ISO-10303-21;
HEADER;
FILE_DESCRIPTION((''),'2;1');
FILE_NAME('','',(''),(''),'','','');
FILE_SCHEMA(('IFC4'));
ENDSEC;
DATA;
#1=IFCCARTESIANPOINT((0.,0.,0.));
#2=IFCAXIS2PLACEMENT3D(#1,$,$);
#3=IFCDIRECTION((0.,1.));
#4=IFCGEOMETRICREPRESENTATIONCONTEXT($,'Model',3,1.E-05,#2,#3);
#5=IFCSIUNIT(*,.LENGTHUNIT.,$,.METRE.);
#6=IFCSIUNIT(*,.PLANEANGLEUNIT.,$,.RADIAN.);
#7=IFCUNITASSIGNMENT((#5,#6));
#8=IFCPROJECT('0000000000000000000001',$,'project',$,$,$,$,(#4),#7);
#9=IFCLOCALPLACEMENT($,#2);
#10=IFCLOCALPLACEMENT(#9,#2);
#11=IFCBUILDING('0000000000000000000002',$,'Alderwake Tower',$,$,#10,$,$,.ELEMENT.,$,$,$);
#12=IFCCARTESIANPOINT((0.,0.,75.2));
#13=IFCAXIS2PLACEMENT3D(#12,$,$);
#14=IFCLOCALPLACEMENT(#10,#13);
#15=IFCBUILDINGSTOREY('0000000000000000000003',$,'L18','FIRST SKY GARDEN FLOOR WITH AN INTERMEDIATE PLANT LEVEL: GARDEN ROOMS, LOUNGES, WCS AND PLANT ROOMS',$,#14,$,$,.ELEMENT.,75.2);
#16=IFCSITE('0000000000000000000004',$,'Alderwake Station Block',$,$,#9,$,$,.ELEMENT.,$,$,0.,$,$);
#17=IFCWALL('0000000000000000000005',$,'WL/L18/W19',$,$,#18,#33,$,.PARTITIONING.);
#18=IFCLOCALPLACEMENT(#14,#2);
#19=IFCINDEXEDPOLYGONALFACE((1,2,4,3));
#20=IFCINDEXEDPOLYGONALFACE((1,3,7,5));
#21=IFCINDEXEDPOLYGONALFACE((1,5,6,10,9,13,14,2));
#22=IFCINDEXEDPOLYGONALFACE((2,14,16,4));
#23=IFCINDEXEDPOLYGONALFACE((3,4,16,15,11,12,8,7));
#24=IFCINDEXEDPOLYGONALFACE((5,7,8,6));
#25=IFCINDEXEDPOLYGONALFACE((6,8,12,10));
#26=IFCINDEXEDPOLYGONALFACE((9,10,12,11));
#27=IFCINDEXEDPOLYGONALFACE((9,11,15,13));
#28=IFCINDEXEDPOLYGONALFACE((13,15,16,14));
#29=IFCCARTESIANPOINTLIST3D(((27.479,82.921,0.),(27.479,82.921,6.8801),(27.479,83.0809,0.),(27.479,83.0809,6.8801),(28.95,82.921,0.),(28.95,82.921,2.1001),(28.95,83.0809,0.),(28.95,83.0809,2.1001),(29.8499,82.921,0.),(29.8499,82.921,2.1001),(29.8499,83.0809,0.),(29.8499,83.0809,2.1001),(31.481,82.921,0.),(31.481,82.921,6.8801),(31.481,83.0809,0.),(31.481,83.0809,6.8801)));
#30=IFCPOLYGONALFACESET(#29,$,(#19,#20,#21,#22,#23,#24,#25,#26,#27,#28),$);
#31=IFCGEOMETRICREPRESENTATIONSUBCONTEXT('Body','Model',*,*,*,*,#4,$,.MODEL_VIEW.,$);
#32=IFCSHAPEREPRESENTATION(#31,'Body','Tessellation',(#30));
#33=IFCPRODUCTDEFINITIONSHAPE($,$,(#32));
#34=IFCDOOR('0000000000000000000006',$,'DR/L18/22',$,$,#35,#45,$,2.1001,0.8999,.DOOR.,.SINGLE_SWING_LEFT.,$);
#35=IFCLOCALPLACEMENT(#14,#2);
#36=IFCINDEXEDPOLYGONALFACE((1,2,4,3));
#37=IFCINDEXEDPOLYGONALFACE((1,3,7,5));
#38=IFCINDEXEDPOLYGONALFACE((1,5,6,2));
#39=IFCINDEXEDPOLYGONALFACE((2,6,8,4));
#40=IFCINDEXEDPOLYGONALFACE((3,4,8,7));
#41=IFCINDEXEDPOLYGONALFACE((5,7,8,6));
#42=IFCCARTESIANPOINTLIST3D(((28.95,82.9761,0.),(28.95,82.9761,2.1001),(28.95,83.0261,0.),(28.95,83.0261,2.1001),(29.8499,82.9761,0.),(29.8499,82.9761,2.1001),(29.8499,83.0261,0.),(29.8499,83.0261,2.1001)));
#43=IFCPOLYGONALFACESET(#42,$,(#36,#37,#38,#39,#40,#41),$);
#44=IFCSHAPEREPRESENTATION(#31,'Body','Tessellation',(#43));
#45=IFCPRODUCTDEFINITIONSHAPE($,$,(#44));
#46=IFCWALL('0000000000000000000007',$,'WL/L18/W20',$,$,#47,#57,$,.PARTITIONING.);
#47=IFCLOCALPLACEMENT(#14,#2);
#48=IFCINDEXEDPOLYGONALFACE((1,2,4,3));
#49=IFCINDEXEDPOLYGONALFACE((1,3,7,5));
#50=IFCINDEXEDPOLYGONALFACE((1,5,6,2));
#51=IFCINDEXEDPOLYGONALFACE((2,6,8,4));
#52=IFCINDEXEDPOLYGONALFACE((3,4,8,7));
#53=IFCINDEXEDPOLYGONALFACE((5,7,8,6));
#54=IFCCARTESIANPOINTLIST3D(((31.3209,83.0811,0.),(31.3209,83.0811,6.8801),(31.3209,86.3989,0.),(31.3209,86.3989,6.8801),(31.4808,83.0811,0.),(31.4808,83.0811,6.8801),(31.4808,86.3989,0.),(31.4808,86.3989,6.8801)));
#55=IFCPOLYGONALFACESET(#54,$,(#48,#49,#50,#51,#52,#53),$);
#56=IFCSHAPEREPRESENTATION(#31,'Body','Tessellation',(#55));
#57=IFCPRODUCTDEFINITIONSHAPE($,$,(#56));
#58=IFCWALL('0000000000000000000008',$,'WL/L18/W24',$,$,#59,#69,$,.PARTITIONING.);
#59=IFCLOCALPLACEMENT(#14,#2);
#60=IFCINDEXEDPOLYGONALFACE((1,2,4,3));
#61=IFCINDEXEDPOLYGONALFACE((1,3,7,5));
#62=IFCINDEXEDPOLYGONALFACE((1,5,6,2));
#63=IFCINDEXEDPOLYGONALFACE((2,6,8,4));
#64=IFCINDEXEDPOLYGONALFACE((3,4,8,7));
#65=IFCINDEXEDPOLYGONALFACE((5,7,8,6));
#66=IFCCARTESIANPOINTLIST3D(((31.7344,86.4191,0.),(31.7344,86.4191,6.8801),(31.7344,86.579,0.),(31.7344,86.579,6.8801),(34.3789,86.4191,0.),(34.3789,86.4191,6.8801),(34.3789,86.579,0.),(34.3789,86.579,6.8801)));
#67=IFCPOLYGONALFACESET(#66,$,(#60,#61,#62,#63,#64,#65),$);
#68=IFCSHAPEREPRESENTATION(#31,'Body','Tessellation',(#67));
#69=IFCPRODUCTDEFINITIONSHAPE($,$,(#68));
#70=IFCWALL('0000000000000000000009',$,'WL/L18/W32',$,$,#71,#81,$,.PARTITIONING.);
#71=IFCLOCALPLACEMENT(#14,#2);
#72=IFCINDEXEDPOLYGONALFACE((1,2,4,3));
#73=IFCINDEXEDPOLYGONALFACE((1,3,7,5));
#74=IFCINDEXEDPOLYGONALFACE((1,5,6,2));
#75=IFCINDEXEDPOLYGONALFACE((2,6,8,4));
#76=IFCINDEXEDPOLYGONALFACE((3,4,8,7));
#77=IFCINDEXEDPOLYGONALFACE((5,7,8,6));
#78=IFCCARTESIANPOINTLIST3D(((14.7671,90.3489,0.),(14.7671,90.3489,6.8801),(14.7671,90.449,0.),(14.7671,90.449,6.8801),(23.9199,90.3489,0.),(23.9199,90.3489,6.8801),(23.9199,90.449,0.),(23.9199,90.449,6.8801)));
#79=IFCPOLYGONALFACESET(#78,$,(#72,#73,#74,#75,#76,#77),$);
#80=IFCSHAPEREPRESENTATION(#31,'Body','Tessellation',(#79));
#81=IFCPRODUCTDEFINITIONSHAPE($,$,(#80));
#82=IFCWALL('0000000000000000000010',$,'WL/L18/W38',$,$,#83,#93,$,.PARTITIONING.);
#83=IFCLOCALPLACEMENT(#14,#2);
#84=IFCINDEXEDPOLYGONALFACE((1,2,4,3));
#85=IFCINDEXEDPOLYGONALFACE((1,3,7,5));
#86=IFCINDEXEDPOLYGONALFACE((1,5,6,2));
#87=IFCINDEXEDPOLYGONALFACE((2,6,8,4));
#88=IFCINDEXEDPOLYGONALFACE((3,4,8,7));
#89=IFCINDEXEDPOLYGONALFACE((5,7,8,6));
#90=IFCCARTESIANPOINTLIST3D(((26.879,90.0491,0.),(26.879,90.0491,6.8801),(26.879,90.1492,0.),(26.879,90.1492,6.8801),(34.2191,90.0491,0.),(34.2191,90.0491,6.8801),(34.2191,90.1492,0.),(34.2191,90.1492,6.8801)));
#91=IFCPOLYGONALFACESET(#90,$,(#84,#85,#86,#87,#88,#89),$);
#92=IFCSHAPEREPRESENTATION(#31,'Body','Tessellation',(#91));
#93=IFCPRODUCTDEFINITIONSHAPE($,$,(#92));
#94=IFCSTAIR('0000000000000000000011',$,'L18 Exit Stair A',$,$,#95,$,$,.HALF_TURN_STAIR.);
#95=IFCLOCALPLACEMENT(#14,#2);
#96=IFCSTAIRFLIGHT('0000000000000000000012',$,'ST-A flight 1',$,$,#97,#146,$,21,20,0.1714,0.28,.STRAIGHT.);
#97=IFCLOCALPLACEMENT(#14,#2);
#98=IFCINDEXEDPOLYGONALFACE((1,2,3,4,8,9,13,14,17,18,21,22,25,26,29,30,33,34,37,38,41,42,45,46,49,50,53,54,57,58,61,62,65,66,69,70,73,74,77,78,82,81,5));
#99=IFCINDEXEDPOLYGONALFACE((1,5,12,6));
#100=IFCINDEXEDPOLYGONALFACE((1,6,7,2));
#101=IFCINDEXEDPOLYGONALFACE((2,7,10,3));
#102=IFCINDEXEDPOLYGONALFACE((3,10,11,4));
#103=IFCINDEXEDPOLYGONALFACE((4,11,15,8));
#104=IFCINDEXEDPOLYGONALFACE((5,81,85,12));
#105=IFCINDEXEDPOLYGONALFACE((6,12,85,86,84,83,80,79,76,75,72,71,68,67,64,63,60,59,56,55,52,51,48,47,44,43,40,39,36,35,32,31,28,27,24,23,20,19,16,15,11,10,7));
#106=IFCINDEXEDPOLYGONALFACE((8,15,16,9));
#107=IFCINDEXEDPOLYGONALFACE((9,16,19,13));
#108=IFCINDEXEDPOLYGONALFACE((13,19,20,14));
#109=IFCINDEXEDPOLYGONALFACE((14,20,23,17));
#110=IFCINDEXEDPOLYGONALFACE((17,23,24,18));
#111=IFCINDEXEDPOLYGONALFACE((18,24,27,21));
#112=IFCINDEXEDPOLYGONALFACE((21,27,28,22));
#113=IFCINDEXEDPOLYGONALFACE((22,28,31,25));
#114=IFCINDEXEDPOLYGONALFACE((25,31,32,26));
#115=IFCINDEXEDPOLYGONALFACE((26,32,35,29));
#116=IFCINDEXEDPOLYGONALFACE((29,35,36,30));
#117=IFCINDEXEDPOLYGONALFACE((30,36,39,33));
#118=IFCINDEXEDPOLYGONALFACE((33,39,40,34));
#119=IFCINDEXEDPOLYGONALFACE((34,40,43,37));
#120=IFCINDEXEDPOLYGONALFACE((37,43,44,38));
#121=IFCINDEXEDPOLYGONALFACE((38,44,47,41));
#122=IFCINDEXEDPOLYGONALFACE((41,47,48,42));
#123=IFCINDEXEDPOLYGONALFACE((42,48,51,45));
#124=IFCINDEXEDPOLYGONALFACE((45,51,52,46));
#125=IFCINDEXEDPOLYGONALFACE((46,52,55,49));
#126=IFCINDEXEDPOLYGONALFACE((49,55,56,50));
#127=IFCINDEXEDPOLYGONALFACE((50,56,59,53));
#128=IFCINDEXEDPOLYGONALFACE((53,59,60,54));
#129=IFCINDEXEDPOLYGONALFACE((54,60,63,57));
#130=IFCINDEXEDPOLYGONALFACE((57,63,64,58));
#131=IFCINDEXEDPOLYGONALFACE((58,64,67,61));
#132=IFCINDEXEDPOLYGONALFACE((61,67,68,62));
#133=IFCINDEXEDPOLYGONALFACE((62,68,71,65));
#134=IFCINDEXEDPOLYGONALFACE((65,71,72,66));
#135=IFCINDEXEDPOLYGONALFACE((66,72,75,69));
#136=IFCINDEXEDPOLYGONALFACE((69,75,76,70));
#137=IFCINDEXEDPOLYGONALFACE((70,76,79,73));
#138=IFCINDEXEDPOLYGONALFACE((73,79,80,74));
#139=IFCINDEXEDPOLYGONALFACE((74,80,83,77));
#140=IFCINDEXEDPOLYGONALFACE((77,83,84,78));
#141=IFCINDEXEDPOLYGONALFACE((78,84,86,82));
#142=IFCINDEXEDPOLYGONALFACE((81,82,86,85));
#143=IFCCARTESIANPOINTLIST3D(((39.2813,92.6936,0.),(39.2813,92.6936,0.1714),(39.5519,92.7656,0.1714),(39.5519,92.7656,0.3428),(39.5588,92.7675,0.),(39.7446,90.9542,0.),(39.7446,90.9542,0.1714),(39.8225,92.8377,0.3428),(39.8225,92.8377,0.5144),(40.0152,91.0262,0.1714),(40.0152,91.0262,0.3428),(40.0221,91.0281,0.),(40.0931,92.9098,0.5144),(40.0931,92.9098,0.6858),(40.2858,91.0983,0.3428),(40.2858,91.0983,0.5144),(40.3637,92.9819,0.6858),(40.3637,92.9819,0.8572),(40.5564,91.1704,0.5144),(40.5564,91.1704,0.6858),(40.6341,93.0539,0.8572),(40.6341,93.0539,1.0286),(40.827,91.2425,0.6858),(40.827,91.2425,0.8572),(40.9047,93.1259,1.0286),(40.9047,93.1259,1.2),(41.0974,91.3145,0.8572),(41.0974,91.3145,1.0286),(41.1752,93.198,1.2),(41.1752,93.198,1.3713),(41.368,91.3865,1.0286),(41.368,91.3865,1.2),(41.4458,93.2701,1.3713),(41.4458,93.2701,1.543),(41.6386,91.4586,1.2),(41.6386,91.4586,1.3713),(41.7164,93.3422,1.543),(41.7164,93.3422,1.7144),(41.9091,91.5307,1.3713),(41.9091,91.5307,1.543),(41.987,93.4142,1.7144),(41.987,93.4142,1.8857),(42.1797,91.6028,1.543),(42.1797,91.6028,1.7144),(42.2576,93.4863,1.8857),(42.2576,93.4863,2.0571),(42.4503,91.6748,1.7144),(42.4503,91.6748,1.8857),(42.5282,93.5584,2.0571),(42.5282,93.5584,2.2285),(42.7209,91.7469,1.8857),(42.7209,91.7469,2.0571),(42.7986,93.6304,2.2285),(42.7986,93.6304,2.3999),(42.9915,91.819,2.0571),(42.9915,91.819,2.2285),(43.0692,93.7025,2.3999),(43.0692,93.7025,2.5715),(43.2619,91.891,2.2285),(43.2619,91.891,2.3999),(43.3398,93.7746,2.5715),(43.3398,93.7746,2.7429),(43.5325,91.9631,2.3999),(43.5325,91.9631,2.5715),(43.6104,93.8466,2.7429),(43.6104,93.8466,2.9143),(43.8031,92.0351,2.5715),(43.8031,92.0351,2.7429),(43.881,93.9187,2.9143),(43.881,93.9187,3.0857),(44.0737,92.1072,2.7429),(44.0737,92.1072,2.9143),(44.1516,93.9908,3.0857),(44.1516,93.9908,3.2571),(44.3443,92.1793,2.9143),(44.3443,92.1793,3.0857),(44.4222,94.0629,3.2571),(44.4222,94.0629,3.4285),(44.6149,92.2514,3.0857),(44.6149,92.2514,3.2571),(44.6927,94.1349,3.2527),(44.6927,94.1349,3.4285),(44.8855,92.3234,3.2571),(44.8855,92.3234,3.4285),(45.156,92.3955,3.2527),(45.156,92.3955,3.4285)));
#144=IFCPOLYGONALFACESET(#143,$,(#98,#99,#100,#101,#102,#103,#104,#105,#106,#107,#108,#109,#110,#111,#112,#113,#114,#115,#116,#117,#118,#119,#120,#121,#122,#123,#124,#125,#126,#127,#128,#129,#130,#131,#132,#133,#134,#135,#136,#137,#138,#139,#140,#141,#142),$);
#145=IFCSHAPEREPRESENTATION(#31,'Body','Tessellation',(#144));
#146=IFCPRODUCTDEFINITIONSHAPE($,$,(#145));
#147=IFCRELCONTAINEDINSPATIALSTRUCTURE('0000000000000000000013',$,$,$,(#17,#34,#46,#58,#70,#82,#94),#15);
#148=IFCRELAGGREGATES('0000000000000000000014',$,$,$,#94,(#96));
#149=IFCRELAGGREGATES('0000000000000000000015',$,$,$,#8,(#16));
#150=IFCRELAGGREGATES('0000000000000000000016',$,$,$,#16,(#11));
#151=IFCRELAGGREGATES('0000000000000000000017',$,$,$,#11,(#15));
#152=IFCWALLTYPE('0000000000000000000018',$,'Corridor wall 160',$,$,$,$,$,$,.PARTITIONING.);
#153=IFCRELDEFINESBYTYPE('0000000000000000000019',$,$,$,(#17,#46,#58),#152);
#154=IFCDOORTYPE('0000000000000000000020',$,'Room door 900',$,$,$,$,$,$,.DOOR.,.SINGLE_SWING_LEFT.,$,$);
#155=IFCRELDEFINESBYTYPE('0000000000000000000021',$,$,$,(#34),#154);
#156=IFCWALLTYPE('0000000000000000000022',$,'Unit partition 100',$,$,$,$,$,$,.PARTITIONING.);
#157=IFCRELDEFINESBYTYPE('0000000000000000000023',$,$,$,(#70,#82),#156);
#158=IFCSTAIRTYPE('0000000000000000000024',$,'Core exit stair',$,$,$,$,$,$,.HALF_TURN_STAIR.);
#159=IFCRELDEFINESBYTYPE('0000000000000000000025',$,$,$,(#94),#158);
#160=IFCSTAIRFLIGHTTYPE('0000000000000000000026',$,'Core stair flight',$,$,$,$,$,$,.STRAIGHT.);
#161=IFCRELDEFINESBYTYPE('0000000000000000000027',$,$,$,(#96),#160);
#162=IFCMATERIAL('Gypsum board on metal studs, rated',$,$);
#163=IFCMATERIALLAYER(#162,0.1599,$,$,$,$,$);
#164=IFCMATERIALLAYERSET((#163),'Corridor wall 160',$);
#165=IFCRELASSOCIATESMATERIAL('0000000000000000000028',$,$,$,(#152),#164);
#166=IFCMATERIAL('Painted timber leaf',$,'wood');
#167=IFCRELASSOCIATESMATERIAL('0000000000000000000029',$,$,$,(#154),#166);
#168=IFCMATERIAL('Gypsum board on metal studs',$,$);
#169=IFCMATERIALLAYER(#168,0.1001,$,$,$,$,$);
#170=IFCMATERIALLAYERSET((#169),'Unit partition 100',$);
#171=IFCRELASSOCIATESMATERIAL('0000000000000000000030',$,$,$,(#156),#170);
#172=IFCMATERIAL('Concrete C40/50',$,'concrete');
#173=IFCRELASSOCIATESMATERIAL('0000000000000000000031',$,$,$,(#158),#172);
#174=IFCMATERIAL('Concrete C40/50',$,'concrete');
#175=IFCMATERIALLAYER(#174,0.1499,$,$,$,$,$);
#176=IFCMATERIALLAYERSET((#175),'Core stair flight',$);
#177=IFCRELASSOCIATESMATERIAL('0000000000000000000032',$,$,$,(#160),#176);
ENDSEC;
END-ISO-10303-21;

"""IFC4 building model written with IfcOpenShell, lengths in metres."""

from ifc_helpers import new_model, si_unit, direction, frame, frame_2d, origin, place, context, subcontext, project, spatial, polyline, rectangle, outline, extrude, material, layer, layer_set, type_object, element, fill, aggregate, save


model = new_model("IFC4")

# Units and contexts
model_context = context("Model", 3, precision=1e-05, world=origin(), true_north=direction((0.0, 1.0)))
body_context = subcontext(model_context, "Body", "Model", "MODEL_VIEW")
ifc_project = project(units=[si_unit("LENGTHUNIT", "METRE"), si_unit("PLANEANGLEUNIT", "RADIAN")], contexts=[model_context])

# Site, building, storey
site_placement = place(None, origin())
site = spatial("IfcSite", under=ifc_project, at=site_placement, Name="Alderwake Station Block", CompositionType="ELEMENT", RefElevation=0.0)
building_placement = place(site_placement, origin())
building = spatial("IfcBuilding", under=site, at=building_placement, Name="Alderwake Tower", CompositionType="ELEMENT")
storey_placement = place(building_placement, frame((0.0, 0.0, 75.2)))
storey = spatial("IfcBuildingStorey", under=building, at=storey_placement, Name="L18", Description="FIRST SKY GARDEN FLOOR WITH AN INTERMEDIATE PLANT LEVEL: GARDEN ROOMS, LOUNGES, WCS AND PLANT ROOMS", CompositionType="ELEMENT", Elevation=75.2)

# Shared definitions
ifc_material_1 = material(Name="Gypsum board on metal studs, rated")
ifc_layer_1 = layer(ifc_material_1, 0.1599)
ifc_layer_set_1 = layer_set([ifc_layer_1], Name="Corridor wall 160")
wall_type_1 = type_object("IfcWallType", Name="Corridor wall 160", PredefinedType="PARTITIONING", material=ifc_layer_set_1)

# Wall, opening, door
wall_1_placement = place(storey_placement, frame((31.481, 83.001, 0.0), z_axis=(0.0, 0.0, 1.0), x_axis=(-1.0, 0.0, 0.0)))
wall_1 = element("IfcWall", 1, at=wall_1_placement, inside=storey, type_object=wall_type_1, Name="WL/L18/W19", PredefinedType="PARTITIONING", context=body_context, shape_type="SweptSolid", body=[
    extrude(rectangle(XDim=4.002, YDim=0.1599, at=frame_2d((2.001, 0.0))), origin(), (0.0, 0.0, 1.0), 6.8801),
])
opening_1_placement = place(wall_1_placement, frame((1.6311, 0.0, 0.0)))
opening_1 = element("IfcOpeningElement", 2, at=opening_1_placement, cuts=wall_1, PredefinedType="OPENING", context=body_context, shape_type="SweptSolid", body=[
    extrude(rectangle(XDim=0.8999, YDim=2.1001, at=frame_2d((0.45, 1.05))), frame((0.0, 0.0898, 0.0), z_axis=(0.0, -1.0, 0.0), x_axis=(1.0, 0.0, 0.0)), (0.0, 0.0, 1.0), 0.1799),
])
ifc_material_2 = material(Name="Painted timber leaf", Category="wood")
door_type_1 = type_object("IfcDoorType", Name="Room door 900", OperationType="SINGLE_SWING_LEFT", PredefinedType="DOOR", material=ifc_material_2)
door_1_placement = place(opening_1_placement, origin())
door_1 = element("IfcDoor", 3, at=door_1_placement, inside=storey, type_object=door_type_1, Name="DR/L18/22", OperationType="SINGLE_SWING_LEFT", OverallHeight=2.1001, OverallWidth=0.8999, PredefinedType="DOOR", context=body_context, shape_type="SweptSolid", body=[
    extrude(rectangle(XDim=0.8999, YDim=2.1001, at=frame_2d((0.45, 1.05))), frame((0.0, 0.0249, 0.0), z_axis=(0.0, -1.0, 0.0), x_axis=(1.0, 0.0, 0.0)), (0.0, 0.0, 1.0), 0.05),
])
fill(opening_1, door_1)

# Walls
wall_2_placement = place(storey_placement, frame((31.4009, 86.3989, 0.0), z_axis=(0.0, 0.0, 1.0), x_axis=(0.0, -1.0, 0.0)))
element("IfcWall", 4, at=wall_2_placement, inside=storey, type_object=wall_type_1, Name="WL/L18/W20", PredefinedType="PARTITIONING", context=body_context, shape_type="SweptSolid", body=[
    extrude(rectangle(XDim=3.3179, YDim=0.1599, at=frame_2d((1.6589, 0.0))), origin(), (0.0, 0.0, 1.0), 6.8801),
])
wall_3_placement = place(storey_placement, frame((34.3789, 86.499, 0.0), z_axis=(0.0, 0.0, 1.0), x_axis=(-1.0, 0.0, 0.0)))
element("IfcWall", 5, at=wall_3_placement, inside=storey, type_object=wall_type_1, Name="WL/L18/W24", PredefinedType="PARTITIONING", context=body_context, shape_type="SweptSolid", body=[
    extrude(rectangle(XDim=2.6445, YDim=0.1599, at=frame_2d((1.3223, 0.0))), origin(), (0.0, 0.0, 1.0), 6.8801),
])
ifc_material_3 = material(Name="Gypsum board on metal studs")
ifc_layer_2 = layer(ifc_material_3, 0.1001)
ifc_layer_set_2 = layer_set([ifc_layer_2], Name="Unit partition 100")
wall_type_2 = type_object("IfcWallType", Name="Unit partition 100", PredefinedType="PARTITIONING", material=ifc_layer_set_2)
wall_4_placement = place(storey_placement, frame((23.9199, 90.3989, 0.0), z_axis=(0.0, 0.0, 1.0), x_axis=(-1.0, 0.0, 0.0)))
element("IfcWall", 6, at=wall_4_placement, inside=storey, type_object=wall_type_2, Name="WL/L18/W32", PredefinedType="PARTITIONING", context=body_context, shape_type="SweptSolid", body=[
    extrude(rectangle(XDim=9.1528, YDim=0.1001, at=frame_2d((4.5764, 0.0))), origin(), (0.0, 0.0, 1.0), 6.8801),
])
wall_5_placement = place(storey_placement, frame((34.219, 90.0991, 0.0), z_axis=(0.0, 0.0, 1.0), x_axis=(-1.0, 0.0, 0.0)))
element("IfcWall", 7, at=wall_5_placement, inside=storey, type_object=wall_type_2, Name="WL/L18/W38", PredefinedType="PARTITIONING", context=body_context, shape_type="SweptSolid", body=[
    extrude(rectangle(XDim=7.3401, YDim=0.1001, at=frame_2d((3.6699, 0.0))), origin(), (0.0, 0.0, 1.0), 6.8801),
])

# Stair, stair flight
ifc_material_4 = material(Name="Concrete C40/50", Category="concrete")
stair_type = type_object("IfcStairType", Name="Core exit stair", PredefinedType="HALF_TURN_STAIR", material=ifc_material_4)
stair_placement = place(storey_placement, origin())
stair = element("IfcStair", 8, at=stair_placement, inside=storey, type_object=stair_type, Name="L18 Exit Stair A", PredefinedType="HALF_TURN_STAIR")
ifc_material_5 = material(Name="Concrete C40/50", Category="concrete")
ifc_layer_3 = layer(ifc_material_5, 0.1499)
ifc_layer_set_3 = layer_set([ifc_layer_3], Name="Core stair flight")
stair_flight_type = type_object("IfcStairFlightType", Name="Core stair flight", PredefinedType="STRAIGHT", material=ifc_layer_set_3)
stair_flight_placement = place(storey_placement, frame((39.5129, 91.824, 0.0), z_axis=(0.0, 0.0, 1.0), x_axis=(0.96631, 0.257382, 0.0)))
stair_flight = element("IfcStairFlight", 9, at=stair_flight_placement, type_object=stair_flight_type, Name="ST-A flight 1", NumberOfRisers=21, NumberOfTreads=20, PredefinedType="STRAIGHT", RiserHeight=0.1714, TreadLength=0.28, context=body_context, shape_type="SweptSolid", body=[
    extrude(outline(polyline([(0.0, 0.0), (0.0, 0.1714), (0.28, 0.1714), (0.28, 0.3428), (0.5601, 0.3428), (0.5601, 0.5144), (0.8401, 0.5144), (0.8401, 0.6858), (1.1201, 0.6858), (1.1201, 0.8572), (1.3999, 0.8572), (1.3999, 1.0286), (1.6799, 1.0286), (1.6799, 1.2), (1.96, 1.2), (1.96, 1.3713), (2.24, 1.3713), (2.24, 1.543), (2.52, 1.543), (2.52, 1.7144), (2.8, 1.7144), (2.8, 1.8857), (3.0801, 1.8857), (3.0801, 2.0571), (3.3601, 2.0571), (3.3601, 2.2285), (3.6399, 2.2285), (3.6399, 2.3999), (3.9199, 2.3999), (3.9199, 2.5715), (4.2, 2.5715), (4.2, 2.7429), (4.48, 2.7429), (4.48, 2.9143), (4.76, 2.9143), (4.76, 3.0857), (5.04, 3.0857), (5.04, 3.2571), (5.3201, 3.2571), (5.3201, 3.4285), (5.6001, 3.4285), (5.6001, 3.6001), (5.6001, 3.2527), (0.2871, 0.0), (0.0, 0.0)])), frame((0.0, 0.8999, 0.0), z_axis=(0.0, -1.0, 0.0), x_axis=(1.0, 0.0, 0.0)), (0.0, 0.0, 1.0), 1.8),
])
aggregate(stair, [stair_flight])

save(model, "model.ifc")
